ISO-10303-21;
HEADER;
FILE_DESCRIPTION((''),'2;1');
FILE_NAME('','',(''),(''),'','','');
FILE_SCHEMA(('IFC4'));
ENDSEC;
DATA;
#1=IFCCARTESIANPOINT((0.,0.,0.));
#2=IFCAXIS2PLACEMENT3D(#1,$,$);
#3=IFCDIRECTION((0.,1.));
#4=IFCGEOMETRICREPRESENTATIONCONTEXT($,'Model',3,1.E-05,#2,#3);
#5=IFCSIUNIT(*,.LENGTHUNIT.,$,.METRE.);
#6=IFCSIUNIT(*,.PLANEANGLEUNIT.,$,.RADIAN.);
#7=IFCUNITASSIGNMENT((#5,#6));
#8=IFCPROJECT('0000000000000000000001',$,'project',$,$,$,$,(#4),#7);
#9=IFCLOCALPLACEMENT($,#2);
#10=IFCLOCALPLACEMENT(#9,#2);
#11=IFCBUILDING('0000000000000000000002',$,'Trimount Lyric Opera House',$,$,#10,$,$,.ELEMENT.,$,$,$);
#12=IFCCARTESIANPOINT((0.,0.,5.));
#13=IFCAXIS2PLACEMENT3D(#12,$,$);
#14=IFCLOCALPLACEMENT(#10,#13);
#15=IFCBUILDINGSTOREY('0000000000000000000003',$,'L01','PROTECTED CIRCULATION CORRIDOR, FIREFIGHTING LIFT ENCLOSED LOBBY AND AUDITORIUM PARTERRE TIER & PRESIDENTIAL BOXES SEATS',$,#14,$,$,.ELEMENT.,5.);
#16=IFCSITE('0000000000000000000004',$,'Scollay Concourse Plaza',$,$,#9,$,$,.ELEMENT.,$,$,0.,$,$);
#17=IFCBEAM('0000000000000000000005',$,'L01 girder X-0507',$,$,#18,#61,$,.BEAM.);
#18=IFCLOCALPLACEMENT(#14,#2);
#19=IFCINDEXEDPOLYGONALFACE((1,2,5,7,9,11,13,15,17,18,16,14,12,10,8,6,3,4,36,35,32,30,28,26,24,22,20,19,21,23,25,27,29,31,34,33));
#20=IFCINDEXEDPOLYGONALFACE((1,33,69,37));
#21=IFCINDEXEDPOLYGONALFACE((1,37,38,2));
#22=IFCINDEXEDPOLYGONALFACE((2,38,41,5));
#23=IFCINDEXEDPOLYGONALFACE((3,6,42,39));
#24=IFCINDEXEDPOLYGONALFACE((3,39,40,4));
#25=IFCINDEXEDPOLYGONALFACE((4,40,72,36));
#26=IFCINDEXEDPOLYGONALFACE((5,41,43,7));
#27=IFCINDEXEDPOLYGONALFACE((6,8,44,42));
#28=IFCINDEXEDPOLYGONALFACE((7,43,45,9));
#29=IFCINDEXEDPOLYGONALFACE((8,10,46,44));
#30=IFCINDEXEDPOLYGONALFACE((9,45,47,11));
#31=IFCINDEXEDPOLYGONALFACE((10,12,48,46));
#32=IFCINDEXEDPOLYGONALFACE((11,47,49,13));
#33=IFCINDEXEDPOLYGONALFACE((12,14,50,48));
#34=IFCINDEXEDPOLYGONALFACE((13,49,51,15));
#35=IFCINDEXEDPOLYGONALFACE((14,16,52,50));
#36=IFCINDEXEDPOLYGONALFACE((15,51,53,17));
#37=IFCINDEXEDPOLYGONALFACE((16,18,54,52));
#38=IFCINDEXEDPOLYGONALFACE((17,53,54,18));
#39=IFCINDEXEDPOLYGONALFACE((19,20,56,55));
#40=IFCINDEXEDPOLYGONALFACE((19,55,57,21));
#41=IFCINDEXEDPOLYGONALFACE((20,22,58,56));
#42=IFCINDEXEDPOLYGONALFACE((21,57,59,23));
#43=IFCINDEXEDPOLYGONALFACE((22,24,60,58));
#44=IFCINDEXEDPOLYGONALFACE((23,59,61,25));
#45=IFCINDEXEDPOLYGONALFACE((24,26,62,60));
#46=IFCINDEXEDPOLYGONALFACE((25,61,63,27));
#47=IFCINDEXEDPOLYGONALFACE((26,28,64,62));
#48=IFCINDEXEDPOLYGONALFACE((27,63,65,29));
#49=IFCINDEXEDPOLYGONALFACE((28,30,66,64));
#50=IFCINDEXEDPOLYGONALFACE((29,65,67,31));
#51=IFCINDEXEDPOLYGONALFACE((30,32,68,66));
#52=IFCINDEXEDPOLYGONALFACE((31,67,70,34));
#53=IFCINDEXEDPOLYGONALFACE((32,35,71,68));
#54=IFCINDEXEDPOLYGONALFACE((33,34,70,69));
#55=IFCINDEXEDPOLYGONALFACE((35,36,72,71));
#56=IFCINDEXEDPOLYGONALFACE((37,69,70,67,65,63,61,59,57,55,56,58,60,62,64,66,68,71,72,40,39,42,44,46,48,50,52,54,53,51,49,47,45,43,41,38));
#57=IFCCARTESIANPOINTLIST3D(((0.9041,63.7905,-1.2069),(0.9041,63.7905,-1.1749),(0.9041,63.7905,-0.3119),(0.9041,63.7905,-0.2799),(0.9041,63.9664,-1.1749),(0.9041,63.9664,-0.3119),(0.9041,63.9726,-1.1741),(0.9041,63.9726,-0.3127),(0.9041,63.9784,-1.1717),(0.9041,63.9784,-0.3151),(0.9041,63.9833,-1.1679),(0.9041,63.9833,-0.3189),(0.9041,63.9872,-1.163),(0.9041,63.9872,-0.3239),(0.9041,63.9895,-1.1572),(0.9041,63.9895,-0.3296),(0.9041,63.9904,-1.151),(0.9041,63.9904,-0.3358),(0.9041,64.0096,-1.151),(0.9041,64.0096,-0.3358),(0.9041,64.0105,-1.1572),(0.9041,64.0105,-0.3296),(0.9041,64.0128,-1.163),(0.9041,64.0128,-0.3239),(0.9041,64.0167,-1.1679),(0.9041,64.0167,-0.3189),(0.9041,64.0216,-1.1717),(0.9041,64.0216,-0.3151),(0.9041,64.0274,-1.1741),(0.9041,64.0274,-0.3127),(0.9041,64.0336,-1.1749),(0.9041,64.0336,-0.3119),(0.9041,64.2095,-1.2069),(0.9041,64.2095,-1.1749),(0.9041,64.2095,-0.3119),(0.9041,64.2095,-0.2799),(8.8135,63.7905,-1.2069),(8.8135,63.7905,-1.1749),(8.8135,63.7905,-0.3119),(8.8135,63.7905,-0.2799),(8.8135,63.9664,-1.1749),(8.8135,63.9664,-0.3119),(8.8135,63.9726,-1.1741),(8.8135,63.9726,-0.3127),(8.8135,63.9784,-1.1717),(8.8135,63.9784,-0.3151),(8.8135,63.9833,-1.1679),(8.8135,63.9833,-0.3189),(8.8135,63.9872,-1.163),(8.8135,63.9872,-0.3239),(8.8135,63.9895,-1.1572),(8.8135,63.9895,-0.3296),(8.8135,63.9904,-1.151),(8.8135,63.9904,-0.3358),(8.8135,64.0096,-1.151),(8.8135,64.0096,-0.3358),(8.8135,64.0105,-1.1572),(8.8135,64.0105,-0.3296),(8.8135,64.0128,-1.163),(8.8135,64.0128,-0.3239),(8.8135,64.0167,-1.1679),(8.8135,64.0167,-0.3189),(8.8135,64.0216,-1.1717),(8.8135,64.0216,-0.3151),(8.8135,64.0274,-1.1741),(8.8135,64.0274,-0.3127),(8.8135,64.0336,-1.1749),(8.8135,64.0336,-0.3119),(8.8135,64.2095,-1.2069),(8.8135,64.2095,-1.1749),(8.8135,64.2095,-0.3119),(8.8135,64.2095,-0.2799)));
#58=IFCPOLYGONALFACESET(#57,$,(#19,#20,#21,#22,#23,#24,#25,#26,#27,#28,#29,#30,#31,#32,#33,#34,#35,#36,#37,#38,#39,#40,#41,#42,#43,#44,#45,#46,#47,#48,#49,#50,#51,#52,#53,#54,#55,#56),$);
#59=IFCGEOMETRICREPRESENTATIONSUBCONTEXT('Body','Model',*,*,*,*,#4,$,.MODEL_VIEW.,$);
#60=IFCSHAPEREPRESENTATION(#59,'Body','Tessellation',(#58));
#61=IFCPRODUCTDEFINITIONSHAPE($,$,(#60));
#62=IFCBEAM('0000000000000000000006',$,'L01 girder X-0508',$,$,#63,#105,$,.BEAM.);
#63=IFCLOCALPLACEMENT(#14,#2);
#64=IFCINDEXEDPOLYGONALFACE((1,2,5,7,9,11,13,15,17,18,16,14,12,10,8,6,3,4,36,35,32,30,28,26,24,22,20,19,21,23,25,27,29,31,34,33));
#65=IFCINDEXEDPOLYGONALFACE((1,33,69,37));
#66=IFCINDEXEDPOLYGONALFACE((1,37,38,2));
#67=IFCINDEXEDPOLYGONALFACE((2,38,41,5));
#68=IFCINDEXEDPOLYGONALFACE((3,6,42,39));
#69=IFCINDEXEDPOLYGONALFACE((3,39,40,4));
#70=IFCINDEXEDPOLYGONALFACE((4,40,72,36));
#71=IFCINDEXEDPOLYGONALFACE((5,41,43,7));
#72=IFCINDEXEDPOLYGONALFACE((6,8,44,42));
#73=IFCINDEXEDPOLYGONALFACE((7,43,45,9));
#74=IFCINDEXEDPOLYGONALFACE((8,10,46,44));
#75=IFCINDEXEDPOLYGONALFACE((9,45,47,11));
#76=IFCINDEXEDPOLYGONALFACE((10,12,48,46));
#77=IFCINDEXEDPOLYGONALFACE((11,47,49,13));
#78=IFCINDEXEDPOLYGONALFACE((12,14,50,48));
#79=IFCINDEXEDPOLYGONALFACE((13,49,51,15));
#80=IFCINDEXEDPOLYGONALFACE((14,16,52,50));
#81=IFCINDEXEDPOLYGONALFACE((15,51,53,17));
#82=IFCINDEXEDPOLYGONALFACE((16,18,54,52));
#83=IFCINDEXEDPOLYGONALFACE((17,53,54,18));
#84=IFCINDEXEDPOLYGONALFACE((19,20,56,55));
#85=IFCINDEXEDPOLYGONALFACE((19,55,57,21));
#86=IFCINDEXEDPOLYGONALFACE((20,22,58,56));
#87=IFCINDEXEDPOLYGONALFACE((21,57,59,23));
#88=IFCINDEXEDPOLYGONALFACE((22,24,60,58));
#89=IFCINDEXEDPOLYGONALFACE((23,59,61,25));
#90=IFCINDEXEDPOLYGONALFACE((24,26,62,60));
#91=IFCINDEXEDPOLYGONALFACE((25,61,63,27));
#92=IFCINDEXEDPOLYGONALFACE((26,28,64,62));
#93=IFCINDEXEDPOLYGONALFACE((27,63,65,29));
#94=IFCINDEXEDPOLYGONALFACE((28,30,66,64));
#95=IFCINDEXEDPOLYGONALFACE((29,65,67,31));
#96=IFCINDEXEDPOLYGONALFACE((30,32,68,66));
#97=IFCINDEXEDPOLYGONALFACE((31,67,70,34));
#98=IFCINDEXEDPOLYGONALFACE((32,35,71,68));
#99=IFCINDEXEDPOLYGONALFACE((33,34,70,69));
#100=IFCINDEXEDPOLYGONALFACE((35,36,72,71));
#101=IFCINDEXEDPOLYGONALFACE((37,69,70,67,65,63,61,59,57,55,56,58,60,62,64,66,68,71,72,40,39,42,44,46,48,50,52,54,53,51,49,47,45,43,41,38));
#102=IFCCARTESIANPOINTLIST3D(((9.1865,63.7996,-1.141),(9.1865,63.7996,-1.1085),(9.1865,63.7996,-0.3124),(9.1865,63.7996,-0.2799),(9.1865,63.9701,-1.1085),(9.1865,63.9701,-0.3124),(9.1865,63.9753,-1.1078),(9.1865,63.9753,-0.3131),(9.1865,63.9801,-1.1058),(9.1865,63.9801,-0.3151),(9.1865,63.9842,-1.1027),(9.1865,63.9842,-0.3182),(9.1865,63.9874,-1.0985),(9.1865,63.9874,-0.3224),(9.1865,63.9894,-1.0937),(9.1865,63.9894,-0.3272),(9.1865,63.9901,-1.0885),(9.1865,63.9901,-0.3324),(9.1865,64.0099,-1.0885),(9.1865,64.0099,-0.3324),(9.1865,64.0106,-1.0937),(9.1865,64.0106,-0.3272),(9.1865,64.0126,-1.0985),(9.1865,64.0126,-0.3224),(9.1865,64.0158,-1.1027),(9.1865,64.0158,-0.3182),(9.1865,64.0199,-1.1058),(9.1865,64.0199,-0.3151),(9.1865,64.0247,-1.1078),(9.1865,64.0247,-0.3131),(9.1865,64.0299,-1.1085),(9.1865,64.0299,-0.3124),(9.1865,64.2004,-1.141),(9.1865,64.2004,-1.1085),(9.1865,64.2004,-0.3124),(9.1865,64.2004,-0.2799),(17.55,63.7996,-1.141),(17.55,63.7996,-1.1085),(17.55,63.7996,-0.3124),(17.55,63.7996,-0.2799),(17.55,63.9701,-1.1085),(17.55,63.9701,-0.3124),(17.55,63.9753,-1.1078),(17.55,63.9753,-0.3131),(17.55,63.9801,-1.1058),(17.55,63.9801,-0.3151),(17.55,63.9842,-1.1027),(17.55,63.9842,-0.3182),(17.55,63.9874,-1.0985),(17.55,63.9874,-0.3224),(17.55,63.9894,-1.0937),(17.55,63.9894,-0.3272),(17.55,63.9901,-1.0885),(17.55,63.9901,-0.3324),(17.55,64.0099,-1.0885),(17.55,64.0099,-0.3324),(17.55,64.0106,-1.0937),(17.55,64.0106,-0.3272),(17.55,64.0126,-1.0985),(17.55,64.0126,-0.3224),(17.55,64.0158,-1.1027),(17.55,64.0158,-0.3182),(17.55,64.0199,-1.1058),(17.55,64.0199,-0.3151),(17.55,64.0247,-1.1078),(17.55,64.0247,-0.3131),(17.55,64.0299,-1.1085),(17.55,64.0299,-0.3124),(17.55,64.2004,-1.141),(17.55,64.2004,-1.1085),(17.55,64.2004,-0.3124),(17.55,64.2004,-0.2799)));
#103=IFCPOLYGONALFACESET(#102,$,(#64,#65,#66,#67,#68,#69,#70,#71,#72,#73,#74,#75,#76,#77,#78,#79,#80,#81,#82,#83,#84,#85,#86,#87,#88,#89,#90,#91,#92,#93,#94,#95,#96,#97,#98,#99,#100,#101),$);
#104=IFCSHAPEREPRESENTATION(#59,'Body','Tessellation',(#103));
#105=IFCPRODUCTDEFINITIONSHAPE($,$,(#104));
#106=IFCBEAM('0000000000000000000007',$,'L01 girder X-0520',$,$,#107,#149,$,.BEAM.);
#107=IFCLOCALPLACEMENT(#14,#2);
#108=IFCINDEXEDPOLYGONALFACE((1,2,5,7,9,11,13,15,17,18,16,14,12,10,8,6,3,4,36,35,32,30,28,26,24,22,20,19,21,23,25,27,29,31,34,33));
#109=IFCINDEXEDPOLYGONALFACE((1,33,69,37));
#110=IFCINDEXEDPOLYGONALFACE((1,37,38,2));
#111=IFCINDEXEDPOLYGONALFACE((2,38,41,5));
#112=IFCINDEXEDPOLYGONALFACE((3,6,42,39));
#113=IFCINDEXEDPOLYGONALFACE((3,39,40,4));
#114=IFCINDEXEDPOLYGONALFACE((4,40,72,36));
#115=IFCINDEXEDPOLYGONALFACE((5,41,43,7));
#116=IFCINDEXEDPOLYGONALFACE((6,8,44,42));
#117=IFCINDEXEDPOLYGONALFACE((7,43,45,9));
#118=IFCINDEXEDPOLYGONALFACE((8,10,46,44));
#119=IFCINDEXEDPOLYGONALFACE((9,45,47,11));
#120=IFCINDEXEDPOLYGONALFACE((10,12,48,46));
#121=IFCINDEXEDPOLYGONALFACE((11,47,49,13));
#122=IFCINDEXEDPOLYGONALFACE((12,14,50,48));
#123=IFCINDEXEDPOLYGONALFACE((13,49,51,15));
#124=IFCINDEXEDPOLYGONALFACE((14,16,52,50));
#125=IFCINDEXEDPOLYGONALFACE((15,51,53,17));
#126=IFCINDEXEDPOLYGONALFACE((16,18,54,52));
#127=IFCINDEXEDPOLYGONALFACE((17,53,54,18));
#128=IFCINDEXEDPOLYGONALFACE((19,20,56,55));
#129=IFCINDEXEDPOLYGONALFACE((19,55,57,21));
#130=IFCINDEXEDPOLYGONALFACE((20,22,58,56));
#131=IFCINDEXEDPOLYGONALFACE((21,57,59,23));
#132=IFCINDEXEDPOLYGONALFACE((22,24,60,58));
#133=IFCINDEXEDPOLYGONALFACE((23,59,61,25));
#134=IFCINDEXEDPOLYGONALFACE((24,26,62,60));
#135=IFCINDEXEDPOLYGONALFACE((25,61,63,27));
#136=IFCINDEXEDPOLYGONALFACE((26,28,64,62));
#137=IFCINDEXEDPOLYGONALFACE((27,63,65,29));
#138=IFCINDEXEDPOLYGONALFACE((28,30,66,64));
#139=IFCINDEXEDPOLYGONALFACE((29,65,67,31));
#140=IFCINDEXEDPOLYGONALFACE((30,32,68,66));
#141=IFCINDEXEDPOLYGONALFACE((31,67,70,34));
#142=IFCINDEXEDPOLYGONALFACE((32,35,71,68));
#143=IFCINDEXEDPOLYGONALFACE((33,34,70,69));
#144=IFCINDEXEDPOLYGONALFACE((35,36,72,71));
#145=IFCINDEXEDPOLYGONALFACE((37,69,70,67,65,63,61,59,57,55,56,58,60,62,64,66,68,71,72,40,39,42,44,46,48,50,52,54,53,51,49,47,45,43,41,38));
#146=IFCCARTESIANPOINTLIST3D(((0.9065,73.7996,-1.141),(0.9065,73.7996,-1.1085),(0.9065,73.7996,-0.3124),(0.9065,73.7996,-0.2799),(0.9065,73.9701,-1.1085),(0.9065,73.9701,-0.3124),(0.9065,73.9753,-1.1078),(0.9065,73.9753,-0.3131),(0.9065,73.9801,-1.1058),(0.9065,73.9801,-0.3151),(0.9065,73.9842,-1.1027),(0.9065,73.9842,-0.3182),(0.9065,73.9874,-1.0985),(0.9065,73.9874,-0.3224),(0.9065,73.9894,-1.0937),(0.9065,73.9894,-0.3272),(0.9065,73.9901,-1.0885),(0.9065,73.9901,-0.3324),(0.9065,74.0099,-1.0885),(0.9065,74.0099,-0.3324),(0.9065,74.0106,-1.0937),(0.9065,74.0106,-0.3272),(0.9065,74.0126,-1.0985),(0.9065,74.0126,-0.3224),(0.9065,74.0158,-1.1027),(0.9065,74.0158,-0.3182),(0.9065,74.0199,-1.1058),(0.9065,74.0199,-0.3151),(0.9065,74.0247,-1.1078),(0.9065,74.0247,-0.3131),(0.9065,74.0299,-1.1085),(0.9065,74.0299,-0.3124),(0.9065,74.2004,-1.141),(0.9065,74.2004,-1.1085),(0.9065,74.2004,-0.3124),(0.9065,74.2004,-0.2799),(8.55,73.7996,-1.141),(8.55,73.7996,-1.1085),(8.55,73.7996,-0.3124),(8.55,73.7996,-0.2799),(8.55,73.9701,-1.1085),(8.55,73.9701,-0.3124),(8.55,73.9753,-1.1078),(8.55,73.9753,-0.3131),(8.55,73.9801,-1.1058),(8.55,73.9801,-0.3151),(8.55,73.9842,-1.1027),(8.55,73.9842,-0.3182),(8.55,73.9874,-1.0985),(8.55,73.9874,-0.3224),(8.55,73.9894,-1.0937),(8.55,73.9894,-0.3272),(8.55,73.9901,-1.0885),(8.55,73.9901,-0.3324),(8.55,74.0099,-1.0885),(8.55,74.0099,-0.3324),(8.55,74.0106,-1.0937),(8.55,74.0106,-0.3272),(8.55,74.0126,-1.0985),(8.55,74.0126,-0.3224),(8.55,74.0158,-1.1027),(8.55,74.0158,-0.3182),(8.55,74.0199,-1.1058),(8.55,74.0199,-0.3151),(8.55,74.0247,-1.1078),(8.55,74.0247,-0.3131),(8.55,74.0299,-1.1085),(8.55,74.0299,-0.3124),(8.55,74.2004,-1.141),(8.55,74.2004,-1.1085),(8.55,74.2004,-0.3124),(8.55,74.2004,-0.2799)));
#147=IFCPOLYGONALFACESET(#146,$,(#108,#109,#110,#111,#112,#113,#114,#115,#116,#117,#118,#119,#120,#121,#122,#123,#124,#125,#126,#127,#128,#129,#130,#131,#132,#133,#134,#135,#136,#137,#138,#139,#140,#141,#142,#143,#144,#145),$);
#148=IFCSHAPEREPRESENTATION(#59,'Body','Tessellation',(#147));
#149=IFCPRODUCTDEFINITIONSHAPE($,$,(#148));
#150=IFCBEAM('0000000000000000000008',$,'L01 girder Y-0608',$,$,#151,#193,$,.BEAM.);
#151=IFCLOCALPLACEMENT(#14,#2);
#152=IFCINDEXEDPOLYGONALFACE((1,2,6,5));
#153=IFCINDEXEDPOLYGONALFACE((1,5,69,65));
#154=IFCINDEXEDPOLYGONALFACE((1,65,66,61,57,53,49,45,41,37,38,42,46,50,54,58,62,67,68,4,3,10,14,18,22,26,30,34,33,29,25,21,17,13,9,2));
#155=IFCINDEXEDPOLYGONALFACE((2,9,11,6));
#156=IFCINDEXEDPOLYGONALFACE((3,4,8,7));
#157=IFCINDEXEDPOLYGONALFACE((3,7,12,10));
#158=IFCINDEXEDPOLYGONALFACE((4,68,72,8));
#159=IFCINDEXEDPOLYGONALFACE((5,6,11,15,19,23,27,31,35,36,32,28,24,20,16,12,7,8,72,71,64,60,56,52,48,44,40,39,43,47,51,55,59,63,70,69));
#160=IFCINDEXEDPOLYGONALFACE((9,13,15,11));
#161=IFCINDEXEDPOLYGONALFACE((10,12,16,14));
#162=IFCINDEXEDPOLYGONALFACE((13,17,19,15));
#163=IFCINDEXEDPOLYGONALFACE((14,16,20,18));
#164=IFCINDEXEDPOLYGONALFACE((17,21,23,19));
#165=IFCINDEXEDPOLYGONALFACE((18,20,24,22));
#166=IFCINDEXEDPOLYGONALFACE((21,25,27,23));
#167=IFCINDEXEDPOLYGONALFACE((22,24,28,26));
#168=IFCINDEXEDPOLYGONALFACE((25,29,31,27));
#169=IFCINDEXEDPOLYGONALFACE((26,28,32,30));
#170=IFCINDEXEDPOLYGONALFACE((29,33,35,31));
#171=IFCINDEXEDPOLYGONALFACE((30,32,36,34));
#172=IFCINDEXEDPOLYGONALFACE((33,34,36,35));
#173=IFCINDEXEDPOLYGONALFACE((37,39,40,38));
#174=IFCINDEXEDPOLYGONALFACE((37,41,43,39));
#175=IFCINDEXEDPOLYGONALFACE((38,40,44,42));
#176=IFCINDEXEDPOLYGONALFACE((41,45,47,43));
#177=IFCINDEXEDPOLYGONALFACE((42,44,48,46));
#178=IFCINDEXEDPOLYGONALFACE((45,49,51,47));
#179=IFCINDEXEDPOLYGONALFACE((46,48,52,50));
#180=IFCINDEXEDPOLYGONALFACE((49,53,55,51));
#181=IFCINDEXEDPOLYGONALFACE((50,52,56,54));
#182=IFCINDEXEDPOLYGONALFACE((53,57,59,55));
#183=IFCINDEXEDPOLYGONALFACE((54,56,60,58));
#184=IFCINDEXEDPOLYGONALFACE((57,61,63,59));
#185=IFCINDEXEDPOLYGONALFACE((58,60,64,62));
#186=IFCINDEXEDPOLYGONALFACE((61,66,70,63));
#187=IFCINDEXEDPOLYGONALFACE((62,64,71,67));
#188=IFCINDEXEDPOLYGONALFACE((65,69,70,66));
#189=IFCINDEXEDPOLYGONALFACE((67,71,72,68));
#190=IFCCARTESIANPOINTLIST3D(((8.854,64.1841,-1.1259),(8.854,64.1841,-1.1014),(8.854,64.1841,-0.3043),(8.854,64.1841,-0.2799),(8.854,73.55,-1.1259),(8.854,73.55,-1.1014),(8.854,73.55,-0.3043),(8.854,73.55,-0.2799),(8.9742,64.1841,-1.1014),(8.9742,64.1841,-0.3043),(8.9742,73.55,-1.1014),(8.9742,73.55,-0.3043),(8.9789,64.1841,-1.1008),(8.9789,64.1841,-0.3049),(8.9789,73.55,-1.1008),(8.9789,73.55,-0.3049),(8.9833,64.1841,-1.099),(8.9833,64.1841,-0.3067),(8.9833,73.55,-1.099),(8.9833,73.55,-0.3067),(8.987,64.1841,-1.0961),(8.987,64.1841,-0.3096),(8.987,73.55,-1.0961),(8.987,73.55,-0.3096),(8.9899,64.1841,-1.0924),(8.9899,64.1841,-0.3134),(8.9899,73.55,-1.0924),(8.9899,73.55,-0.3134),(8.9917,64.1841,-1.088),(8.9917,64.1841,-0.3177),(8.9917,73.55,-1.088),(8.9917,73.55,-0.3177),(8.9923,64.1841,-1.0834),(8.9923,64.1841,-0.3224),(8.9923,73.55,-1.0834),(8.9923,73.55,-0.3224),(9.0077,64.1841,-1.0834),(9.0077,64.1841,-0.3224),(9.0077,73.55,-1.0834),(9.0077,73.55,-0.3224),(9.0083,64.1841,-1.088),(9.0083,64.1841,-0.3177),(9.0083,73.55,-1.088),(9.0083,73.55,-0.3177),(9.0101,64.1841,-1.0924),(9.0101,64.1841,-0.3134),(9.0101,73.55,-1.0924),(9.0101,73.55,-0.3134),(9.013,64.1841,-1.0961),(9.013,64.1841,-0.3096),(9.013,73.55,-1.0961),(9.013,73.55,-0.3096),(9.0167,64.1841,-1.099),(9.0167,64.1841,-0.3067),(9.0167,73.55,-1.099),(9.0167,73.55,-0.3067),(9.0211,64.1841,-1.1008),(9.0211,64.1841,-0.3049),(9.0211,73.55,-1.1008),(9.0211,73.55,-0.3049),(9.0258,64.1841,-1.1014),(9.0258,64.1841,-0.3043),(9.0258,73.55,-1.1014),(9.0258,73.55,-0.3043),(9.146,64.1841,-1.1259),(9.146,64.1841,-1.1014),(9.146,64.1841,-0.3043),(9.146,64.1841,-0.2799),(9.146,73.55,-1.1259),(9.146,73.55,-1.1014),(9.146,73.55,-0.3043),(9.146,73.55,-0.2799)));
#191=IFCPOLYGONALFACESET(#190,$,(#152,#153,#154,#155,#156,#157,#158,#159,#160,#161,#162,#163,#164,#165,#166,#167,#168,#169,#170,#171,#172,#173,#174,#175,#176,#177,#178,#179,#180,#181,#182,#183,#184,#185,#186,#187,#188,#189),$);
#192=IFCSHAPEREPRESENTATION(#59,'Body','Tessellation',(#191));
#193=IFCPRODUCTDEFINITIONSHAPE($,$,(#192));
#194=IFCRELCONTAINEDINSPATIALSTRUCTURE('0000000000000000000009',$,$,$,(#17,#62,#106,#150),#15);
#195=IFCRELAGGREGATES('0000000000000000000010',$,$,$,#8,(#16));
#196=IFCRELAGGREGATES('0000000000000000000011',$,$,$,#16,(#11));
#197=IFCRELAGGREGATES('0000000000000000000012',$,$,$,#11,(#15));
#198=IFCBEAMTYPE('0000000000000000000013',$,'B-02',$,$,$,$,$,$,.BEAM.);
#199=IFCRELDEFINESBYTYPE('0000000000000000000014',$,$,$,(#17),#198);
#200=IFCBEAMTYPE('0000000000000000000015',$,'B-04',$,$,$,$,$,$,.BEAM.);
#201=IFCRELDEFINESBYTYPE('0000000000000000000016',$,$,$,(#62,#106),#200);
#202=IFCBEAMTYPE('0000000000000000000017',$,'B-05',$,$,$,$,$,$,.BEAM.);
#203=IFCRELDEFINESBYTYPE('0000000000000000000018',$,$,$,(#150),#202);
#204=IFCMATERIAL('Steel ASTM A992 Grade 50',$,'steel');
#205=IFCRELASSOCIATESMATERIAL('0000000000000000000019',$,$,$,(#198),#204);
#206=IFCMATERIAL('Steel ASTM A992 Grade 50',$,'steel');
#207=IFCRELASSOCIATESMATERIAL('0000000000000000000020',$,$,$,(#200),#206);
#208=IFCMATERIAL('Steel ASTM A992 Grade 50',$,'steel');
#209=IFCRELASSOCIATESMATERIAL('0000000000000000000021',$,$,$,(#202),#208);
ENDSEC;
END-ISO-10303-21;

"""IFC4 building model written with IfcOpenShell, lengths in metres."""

from ifc_helpers import new_model, si_unit, direction, frame, origin, origin_2d, place, context, subcontext, project, spatial, i_section, extrude, material, material_profile, profile_set, type_object, element, save


model = new_model("IFC4")

# Units and contexts
model_context = context("Model", 3, precision=1e-05, world=origin(), true_north=direction((0.0, 1.0)))
body_context = subcontext(model_context, "Body", "Model", "MODEL_VIEW")
ifc_project = project(units=[si_unit("LENGTHUNIT", "METRE"), si_unit("PLANEANGLEUNIT", "RADIAN")], contexts=[model_context])

# Site, building, storey
site_placement = place(None, origin())
site = spatial("IfcSite", under=ifc_project, at=site_placement, Name="Scollay Concourse Plaza", CompositionType="ELEMENT", RefElevation=0.0)
building_placement = place(site_placement, origin())
building = spatial("IfcBuilding", under=site, at=building_placement, Name="Trimount Lyric Opera House", CompositionType="ELEMENT")
storey_placement = place(building_placement, frame((0.0, 0.0, 5.0)))
storey = spatial("IfcBuildingStorey", under=building, at=storey_placement, Name="L01", Description="PROTECTED CIRCULATION CORRIDOR, FIREFIGHTING LIFT ENCLOSED LOBBY AND AUDITORIUM PARTERRE TIER & PRESIDENTIAL BOXES SEATS", CompositionType="ELEMENT", Elevation=5.0)

# Beams
ifc_material_1 = material(Name="Steel ASTM A992 Grade 50", Category="steel")
ifc_material_profile_1 = material_profile(ifc_material_1, i_section(OverallWidth=0.4189, OverallDepth=0.927, WebThickness=0.0193, FlangeThickness=0.032, FilletRadius=0.0239, at=origin_2d()), Name="W36X231")
ifc_profile_set_1 = profile_set([ifc_material_profile_1], Name="Steel ASTM A992 Grade 50")
beam_type_1 = type_object("IfcBeamType", Name="B-02", PredefinedType="BEAM", material=ifc_profile_set_1)
beam_1_placement = place(storey_placement, frame((0.9041, 64.0, -0.7434), z_axis=(1.0, 0.0, 0.0), x_axis=(0.0, 1.0, 0.0)))
element("IfcBeam", 1, at=beam_1_placement, inside=storey, type_object=beam_type_1, Name="L01 girder X-0507", PredefinedType="BEAM", context=body_context, shape_type="SweptSolid", body=[
    extrude(i_section(OverallWidth=0.4189, OverallDepth=0.927, WebThickness=0.0193, FlangeThickness=0.032, FilletRadius=0.0239, at=origin_2d()), origin(), (0.0, 0.0, 1.0), 7.9094),
])
ifc_material_2 = material(Name="Steel ASTM A992 Grade 50", Category="steel")
ifc_material_profile_2 = material_profile(ifc_material_2, i_section(OverallWidth=0.4009, OverallDepth=0.8611, WebThickness=0.0198, FlangeThickness=0.0325, FilletRadius=0.02, at=origin_2d()), Name="W33X221")
ifc_profile_set_2 = profile_set([ifc_material_profile_2], Name="Steel ASTM A992 Grade 50")
beam_type_2 = type_object("IfcBeamType", Name="B-04", PredefinedType="BEAM", material=ifc_profile_set_2)
beam_2_placement = place(storey_placement, frame((9.1865, 64.0, -0.7104), z_axis=(1.0, 0.0, 0.0), x_axis=(0.0, 1.0, 0.0)))
element("IfcBeam", 2, at=beam_2_placement, inside=storey, type_object=beam_type_2, Name="L01 girder X-0508", PredefinedType="BEAM", context=body_context, shape_type="SweptSolid", body=[
    extrude(i_section(OverallWidth=0.4009, OverallDepth=0.8611, WebThickness=0.0198, FlangeThickness=0.0325, FilletRadius=0.02, at=origin_2d()), origin(), (0.0, 0.0, 1.0), 8.3635),
])
beam_3_placement = place(storey_placement, frame((0.9065, 74.0, -0.7104), z_axis=(1.0, 0.0, 0.0), x_axis=(0.0, 1.0, 0.0)))
element("IfcBeam", 3, at=beam_3_placement, inside=storey, type_object=beam_type_2, Name="L01 girder X-0520", PredefinedType="BEAM", context=body_context, shape_type="SweptSolid", body=[
    extrude(i_section(OverallWidth=0.4009, OverallDepth=0.8611, WebThickness=0.0198, FlangeThickness=0.0325, FilletRadius=0.02, at=origin_2d()), origin(), (0.0, 0.0, 1.0), 7.6436),
])
ifc_material_3 = material(Name="Steel ASTM A992 Grade 50", Category="steel")
ifc_material_profile_3 = material_profile(ifc_material_3, i_section(OverallWidth=0.292, OverallDepth=0.8459, WebThickness=0.0154, FlangeThickness=0.0244, FilletRadius=0.0181, at=origin_2d()), Name="W33X141")
ifc_profile_set_3 = profile_set([ifc_material_profile_3], Name="Steel ASTM A992 Grade 50")
beam_type_3 = type_object("IfcBeamType", Name="B-05", PredefinedType="BEAM", material=ifc_profile_set_3)
beam_4_placement = place(storey_placement, frame((9.0, 64.1841, -0.7029), z_axis=(0.0, 1.0, 0.0), x_axis=(-1.0, 0.0, 0.0)))
element("IfcBeam", 4, at=beam_4_placement, inside=storey, type_object=beam_type_3, Name="L01 girder Y-0608", PredefinedType="BEAM", context=body_context, shape_type="SweptSolid", body=[
    extrude(i_section(OverallWidth=0.292, OverallDepth=0.8459, WebThickness=0.0154, FlangeThickness=0.0244, FilletRadius=0.0181, at=origin_2d()), origin(), (0.0, 0.0, 1.0), 9.366),
])

save(model, "model.ifc")
